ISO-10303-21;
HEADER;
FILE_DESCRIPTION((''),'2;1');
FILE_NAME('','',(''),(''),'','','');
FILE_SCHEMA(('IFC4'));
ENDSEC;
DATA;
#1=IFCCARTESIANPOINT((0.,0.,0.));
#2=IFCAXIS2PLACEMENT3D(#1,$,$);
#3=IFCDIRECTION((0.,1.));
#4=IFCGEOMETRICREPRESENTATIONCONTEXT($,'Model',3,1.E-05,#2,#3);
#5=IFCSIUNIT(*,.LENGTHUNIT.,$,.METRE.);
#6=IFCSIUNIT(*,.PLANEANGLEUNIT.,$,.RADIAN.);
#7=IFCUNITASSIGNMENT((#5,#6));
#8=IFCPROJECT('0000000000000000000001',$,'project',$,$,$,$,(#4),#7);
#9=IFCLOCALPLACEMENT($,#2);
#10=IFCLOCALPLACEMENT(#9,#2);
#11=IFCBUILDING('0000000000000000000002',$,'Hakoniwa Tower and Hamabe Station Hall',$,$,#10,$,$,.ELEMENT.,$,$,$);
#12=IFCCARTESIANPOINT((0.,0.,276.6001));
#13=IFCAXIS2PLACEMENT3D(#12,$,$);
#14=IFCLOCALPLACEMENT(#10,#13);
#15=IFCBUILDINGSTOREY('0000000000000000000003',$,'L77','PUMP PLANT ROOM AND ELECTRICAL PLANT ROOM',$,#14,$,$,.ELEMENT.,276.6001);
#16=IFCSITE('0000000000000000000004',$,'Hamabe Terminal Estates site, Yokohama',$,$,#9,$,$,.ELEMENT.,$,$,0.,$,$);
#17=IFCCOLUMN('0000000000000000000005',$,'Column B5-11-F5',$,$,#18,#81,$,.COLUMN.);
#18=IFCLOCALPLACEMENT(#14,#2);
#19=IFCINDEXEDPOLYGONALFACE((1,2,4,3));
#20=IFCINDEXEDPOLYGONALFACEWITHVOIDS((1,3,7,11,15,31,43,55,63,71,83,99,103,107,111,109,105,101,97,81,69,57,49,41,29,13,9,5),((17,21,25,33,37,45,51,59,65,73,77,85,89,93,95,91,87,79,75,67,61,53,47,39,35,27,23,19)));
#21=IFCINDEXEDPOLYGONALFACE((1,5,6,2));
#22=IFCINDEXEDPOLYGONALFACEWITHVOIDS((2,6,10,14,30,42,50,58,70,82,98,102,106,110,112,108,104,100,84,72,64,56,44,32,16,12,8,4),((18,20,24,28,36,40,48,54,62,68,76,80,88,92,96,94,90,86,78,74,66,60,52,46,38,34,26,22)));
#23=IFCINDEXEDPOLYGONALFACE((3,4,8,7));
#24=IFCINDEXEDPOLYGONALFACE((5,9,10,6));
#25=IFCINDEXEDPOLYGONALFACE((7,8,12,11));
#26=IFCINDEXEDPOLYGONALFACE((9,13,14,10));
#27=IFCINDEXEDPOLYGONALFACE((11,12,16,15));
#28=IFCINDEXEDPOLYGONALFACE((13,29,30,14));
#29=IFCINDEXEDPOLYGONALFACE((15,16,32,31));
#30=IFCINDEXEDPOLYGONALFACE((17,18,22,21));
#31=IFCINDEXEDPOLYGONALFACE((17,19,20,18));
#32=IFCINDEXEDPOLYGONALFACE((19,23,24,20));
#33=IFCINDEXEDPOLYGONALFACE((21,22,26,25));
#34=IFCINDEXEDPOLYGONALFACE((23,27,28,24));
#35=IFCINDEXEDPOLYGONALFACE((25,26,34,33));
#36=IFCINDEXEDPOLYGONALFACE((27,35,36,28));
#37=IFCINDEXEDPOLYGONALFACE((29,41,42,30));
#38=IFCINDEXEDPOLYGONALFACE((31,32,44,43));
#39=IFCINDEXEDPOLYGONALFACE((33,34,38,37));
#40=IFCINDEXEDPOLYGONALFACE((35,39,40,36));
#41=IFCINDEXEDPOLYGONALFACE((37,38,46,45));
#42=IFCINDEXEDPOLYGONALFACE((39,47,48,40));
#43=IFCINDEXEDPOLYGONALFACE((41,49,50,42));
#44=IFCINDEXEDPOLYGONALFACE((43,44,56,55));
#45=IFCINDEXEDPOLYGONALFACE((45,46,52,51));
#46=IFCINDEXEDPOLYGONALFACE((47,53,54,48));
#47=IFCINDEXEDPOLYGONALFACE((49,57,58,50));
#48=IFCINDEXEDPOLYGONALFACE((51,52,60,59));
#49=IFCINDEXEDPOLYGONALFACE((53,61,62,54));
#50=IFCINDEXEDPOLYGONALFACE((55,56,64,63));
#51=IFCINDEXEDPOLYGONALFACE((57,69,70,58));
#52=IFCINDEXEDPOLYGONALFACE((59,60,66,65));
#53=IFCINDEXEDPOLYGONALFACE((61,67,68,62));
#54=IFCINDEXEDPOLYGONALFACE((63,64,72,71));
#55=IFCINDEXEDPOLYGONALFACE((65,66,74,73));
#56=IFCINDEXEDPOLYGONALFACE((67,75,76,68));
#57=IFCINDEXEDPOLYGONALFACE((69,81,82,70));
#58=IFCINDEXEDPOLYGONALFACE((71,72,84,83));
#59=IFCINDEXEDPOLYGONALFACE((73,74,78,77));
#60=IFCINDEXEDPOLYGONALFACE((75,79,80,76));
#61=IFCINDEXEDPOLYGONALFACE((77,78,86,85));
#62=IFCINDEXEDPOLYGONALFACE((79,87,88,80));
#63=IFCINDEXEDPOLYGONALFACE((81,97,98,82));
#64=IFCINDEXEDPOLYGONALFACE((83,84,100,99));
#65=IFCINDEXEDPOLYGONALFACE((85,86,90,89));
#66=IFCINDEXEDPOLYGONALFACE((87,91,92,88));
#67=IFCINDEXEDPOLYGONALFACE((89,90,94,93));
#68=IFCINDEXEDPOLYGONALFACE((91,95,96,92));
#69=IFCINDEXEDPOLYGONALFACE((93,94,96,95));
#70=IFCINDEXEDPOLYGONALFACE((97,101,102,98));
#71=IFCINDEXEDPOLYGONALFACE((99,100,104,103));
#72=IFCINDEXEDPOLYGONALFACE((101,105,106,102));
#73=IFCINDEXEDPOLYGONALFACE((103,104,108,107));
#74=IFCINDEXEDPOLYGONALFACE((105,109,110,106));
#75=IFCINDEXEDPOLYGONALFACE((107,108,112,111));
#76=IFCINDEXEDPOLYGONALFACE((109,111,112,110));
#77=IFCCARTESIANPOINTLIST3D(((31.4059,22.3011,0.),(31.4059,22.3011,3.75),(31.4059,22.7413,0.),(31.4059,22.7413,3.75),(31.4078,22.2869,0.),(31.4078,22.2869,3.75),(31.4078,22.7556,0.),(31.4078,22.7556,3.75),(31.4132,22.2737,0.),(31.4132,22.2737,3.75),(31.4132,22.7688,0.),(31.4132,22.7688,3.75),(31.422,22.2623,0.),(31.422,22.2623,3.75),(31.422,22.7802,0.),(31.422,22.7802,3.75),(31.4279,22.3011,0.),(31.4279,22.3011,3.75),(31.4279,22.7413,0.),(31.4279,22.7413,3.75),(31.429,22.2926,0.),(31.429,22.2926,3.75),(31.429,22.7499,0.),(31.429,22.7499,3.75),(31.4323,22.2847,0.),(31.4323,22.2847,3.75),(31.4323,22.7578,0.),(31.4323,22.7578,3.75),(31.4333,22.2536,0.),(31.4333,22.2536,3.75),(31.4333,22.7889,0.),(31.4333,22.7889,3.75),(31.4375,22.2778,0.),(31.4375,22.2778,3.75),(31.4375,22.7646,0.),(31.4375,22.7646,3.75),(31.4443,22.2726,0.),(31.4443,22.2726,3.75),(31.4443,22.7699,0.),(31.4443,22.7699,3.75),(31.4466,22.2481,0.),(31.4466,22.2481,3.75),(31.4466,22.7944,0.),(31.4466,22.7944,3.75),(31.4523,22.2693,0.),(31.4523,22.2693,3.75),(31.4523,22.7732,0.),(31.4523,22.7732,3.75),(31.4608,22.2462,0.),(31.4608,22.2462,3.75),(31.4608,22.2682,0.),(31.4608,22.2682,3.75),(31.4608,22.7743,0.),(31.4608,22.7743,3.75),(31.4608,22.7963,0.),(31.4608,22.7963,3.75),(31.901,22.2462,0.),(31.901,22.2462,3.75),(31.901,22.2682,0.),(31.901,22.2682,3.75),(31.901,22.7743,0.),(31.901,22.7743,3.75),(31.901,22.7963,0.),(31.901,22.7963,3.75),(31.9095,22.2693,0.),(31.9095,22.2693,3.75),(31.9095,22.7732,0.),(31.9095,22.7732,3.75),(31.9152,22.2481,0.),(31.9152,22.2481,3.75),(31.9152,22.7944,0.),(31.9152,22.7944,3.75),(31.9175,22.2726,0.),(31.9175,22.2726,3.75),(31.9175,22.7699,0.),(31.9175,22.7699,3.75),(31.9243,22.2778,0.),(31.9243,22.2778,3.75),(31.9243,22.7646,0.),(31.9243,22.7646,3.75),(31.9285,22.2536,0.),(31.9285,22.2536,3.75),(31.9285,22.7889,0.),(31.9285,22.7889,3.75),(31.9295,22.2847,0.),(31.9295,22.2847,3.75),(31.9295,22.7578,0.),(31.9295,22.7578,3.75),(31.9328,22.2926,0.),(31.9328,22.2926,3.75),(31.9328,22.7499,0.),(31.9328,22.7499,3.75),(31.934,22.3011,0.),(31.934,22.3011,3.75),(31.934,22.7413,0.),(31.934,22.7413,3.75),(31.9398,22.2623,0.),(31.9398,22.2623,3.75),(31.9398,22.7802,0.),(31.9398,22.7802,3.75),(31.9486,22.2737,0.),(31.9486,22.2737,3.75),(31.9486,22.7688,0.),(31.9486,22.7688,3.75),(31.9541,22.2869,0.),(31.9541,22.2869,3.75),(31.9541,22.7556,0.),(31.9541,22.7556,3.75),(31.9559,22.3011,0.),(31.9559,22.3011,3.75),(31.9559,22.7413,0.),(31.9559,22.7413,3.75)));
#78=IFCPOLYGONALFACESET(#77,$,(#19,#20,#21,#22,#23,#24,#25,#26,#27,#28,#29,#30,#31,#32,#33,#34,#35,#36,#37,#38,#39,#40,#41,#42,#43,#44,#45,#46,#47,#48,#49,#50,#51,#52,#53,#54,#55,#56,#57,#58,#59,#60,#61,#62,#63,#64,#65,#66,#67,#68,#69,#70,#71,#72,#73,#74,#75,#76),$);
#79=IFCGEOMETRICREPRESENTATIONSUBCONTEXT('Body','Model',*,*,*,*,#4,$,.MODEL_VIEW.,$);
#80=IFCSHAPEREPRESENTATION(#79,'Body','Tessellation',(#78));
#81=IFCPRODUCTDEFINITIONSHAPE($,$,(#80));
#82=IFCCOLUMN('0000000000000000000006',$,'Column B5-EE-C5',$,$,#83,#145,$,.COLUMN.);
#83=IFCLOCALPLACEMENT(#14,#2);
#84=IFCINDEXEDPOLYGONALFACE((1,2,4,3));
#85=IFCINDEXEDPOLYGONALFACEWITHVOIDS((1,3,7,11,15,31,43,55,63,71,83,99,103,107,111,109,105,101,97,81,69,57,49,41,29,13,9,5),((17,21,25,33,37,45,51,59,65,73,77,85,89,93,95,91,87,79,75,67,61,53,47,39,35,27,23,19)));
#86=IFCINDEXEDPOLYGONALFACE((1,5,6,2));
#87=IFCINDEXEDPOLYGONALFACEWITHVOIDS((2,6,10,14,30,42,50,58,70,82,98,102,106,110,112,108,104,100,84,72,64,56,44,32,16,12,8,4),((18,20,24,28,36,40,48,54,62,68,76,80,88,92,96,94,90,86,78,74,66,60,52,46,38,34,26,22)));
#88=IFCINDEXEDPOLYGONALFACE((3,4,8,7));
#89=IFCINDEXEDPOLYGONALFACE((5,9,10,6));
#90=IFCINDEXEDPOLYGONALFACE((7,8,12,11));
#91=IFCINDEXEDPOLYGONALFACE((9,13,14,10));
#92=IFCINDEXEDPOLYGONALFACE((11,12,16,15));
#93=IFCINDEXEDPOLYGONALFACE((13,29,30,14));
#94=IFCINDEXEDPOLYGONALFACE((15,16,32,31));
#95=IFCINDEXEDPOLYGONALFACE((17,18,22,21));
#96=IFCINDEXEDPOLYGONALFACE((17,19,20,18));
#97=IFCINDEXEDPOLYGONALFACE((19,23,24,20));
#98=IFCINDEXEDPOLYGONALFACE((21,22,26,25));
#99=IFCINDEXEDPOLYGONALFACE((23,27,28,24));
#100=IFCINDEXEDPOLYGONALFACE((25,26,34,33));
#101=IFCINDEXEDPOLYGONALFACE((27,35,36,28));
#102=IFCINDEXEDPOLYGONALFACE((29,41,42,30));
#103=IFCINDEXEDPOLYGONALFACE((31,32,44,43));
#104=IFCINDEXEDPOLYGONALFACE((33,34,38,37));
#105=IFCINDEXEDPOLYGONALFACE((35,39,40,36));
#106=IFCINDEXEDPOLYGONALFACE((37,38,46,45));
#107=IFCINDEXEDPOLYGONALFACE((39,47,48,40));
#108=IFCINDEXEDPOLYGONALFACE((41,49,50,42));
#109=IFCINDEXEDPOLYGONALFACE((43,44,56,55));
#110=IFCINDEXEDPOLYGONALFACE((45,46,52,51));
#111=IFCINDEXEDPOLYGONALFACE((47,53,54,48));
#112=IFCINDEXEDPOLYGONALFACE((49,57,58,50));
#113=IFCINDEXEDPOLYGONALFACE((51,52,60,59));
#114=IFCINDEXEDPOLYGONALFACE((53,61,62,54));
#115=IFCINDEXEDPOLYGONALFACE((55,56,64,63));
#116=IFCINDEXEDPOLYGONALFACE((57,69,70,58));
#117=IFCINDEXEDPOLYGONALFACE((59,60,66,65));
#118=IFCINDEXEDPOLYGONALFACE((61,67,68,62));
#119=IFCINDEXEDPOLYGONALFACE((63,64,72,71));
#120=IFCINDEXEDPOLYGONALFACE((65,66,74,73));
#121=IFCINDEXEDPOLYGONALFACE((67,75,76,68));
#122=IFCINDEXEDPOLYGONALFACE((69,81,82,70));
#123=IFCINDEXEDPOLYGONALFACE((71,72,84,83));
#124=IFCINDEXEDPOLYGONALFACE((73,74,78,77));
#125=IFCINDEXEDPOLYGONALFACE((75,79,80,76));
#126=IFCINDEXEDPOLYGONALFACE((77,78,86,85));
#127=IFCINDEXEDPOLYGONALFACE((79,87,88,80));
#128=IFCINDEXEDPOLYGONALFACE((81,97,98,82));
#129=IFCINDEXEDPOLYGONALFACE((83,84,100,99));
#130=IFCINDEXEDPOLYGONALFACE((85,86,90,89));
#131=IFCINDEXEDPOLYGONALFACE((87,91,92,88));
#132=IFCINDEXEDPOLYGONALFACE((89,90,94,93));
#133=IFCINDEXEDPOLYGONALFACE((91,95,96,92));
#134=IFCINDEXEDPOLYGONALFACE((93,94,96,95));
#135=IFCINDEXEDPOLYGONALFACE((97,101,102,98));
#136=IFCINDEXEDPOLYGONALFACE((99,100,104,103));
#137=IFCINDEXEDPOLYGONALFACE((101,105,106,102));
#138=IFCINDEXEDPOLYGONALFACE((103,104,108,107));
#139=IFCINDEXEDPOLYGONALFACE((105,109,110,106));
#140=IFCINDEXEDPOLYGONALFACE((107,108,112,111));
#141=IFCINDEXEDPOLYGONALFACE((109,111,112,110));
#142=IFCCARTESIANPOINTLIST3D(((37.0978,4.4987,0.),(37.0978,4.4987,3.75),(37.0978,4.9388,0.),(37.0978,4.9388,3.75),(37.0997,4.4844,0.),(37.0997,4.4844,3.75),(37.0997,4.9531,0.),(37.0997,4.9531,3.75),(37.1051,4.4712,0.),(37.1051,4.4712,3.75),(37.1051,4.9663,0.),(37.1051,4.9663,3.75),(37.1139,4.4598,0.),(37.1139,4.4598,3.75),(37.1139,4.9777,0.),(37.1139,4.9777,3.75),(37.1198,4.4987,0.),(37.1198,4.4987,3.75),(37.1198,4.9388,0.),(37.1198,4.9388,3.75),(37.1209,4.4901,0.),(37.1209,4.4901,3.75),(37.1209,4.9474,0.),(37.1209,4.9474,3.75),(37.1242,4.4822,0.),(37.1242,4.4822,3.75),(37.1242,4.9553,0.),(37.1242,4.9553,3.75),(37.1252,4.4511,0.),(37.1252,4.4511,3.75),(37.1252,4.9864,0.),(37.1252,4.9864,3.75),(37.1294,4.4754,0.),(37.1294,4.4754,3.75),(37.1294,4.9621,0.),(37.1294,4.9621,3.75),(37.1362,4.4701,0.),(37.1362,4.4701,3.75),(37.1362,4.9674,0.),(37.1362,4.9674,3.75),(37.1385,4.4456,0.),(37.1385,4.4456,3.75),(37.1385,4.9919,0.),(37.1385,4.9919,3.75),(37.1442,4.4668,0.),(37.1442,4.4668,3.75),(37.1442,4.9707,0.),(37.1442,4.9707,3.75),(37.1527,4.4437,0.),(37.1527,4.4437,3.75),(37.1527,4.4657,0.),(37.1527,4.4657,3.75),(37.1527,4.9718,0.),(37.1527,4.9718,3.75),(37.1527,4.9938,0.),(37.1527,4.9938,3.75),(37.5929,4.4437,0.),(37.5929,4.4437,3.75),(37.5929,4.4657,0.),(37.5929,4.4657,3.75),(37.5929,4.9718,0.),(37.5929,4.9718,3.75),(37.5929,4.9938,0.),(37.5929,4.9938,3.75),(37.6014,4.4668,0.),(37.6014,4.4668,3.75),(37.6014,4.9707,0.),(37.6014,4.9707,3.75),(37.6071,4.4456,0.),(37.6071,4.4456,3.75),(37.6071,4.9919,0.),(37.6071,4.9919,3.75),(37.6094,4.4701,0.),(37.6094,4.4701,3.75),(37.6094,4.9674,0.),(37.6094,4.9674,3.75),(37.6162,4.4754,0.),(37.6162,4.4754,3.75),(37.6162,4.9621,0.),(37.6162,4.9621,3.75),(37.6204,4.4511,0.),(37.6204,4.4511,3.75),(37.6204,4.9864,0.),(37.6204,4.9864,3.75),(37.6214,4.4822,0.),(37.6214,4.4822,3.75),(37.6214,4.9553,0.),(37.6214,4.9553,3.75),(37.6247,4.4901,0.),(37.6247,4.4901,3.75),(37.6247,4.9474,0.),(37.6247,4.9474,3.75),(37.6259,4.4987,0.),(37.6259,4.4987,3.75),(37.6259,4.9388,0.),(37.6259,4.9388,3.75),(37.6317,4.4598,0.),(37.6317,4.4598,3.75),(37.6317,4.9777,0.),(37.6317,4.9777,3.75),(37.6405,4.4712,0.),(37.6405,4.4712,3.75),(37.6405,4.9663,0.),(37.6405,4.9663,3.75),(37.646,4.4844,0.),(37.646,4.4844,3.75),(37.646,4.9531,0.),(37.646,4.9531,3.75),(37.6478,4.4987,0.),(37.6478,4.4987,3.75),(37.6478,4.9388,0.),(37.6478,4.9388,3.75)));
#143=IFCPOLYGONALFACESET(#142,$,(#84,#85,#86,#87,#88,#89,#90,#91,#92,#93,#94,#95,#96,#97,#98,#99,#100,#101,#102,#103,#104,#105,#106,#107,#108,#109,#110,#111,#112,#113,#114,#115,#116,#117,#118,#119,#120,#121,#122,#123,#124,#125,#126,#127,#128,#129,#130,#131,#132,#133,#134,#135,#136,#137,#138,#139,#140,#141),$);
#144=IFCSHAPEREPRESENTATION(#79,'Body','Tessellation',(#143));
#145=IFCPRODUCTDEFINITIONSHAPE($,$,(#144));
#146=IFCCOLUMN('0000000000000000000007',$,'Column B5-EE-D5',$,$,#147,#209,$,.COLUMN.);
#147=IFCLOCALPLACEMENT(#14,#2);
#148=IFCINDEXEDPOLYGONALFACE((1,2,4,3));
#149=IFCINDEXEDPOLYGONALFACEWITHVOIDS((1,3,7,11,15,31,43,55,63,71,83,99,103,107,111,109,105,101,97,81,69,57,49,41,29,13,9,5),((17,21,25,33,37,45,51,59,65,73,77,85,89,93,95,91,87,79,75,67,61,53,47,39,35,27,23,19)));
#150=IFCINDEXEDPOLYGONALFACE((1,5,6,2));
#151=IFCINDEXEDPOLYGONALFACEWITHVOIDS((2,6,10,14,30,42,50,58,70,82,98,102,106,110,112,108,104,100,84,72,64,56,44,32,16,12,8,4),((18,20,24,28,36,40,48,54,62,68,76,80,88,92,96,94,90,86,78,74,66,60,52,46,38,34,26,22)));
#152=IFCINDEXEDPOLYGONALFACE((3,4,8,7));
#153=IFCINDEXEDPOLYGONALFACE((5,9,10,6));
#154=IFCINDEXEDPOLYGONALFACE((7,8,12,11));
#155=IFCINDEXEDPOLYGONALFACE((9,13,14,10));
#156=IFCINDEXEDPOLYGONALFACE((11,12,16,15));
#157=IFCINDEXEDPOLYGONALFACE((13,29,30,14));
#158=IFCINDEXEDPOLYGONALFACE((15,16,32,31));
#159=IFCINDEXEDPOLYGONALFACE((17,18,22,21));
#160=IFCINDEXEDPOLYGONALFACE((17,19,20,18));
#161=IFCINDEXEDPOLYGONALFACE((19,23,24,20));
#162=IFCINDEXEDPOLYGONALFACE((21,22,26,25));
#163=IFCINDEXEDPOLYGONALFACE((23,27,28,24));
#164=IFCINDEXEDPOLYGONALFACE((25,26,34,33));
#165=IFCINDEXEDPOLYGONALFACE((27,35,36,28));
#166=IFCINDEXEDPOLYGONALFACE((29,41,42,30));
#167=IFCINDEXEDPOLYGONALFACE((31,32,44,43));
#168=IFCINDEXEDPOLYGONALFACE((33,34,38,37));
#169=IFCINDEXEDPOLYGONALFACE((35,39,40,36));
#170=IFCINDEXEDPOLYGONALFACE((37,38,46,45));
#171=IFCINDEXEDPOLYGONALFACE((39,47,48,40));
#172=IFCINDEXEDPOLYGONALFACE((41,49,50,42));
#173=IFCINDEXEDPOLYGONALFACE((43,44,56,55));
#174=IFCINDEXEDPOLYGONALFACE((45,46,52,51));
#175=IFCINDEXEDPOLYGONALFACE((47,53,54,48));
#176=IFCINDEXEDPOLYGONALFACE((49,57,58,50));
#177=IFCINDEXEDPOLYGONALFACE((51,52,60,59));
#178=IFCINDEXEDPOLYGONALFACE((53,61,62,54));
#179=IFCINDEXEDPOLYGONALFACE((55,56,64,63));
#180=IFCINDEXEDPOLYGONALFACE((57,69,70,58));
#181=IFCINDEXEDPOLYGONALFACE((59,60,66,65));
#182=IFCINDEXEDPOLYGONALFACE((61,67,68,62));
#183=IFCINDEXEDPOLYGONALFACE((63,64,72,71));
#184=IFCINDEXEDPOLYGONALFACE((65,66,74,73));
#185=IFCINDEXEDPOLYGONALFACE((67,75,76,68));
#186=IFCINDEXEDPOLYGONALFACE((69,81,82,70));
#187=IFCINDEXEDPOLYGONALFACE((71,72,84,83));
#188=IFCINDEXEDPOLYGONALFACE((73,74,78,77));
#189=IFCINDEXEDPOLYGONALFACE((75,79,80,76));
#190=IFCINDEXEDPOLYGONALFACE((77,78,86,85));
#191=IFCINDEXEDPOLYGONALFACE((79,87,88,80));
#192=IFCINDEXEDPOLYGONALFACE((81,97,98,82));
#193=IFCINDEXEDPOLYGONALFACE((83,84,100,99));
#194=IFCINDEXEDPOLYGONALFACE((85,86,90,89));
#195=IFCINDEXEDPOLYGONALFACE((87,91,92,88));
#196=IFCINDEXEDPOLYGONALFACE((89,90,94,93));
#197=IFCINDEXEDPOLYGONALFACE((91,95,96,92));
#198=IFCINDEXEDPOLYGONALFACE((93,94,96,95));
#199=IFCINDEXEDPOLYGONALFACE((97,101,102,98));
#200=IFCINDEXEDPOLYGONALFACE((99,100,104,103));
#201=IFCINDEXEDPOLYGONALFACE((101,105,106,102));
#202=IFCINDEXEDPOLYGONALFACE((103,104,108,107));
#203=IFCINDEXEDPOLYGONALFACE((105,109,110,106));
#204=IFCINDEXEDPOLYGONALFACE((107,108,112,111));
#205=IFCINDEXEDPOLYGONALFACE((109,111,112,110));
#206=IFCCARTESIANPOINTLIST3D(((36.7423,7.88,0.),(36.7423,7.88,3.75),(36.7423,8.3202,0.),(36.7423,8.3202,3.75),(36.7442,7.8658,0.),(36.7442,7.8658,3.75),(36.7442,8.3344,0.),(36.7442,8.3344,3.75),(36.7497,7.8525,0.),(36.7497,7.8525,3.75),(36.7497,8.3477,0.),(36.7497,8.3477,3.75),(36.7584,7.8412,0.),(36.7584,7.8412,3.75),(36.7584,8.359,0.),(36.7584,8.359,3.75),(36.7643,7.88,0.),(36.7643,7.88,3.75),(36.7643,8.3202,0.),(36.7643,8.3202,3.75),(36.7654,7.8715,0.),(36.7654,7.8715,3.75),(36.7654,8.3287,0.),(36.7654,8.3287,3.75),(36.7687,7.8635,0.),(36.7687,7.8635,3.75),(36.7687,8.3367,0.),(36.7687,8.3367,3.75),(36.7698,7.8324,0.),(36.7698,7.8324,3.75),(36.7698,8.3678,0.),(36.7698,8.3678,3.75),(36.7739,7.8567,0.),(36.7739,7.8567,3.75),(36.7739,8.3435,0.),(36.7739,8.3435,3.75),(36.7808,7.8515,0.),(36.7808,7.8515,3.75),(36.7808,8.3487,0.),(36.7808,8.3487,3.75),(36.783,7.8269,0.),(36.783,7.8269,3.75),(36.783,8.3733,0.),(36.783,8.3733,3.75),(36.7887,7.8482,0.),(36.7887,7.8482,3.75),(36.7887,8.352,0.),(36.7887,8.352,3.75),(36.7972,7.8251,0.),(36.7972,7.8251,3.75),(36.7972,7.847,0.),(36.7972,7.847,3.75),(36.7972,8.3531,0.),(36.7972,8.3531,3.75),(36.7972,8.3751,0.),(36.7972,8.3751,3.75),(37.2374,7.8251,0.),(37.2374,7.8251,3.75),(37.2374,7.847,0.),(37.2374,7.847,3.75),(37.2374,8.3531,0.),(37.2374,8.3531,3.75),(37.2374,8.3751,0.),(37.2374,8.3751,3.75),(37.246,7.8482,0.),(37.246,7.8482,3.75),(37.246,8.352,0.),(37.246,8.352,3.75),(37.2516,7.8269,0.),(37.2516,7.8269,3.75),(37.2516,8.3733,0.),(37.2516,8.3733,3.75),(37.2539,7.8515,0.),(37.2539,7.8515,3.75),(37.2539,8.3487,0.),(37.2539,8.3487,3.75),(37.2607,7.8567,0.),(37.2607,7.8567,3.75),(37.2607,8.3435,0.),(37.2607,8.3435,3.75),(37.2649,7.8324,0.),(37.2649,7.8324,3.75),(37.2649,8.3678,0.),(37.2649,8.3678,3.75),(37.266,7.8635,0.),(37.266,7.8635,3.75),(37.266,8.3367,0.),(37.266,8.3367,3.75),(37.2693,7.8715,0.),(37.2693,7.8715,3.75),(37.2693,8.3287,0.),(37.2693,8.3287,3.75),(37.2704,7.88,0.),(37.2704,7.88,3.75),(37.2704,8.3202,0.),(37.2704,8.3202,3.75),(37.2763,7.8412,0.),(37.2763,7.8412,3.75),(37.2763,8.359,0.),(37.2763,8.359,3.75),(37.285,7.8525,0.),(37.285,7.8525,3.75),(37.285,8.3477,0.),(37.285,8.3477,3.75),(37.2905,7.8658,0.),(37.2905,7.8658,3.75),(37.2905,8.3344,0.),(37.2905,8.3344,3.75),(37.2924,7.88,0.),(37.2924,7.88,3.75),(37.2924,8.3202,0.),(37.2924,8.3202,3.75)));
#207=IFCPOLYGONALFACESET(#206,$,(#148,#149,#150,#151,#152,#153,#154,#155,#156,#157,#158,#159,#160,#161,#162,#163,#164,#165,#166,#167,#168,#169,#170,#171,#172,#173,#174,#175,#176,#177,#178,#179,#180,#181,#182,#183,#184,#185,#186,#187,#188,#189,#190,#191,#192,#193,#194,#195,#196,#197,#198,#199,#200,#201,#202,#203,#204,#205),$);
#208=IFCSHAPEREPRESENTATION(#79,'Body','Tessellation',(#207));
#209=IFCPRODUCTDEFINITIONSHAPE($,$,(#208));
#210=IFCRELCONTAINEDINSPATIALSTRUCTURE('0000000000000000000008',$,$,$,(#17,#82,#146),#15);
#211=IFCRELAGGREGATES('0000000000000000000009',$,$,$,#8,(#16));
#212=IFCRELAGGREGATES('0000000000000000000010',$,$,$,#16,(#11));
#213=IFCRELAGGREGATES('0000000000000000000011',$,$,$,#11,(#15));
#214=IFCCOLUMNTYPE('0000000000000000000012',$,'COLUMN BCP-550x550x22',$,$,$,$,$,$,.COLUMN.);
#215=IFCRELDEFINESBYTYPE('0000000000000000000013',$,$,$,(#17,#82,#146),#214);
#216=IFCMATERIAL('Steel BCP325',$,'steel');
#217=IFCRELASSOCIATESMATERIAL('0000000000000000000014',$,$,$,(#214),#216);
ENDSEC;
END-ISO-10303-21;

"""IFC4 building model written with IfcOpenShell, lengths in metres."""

from ifc_helpers import new_model, si_unit, direction, frame, origin, origin_2d, place, context, subcontext, project, spatial, hollow_rectangle, extrude, material, material_profile, profile_set, type_object, element, save


model = new_model("IFC4")

# Units and contexts
model_context = context("Model", 3, precision=1e-05, world=origin(), true_north=direction((0.0, 1.0)))
body_context = subcontext(model_context, "Body", "Model", "MODEL_VIEW")
ifc_project = project(units=[si_unit("LENGTHUNIT", "METRE"), si_unit("PLANEANGLEUNIT", "RADIAN")], contexts=[model_context])

# Site, building, storey
site_placement = place(None, origin())
site = spatial("IfcSite", under=ifc_project, at=site_placement, Name="Hamabe Terminal Estates site, Yokohama", CompositionType="ELEMENT", RefElevation=0.0)
building_placement = place(site_placement, origin())
building = spatial("IfcBuilding", under=site, at=building_placement, Name="Hakoniwa Tower and Hamabe Station Hall", CompositionType="ELEMENT")
storey_placement = place(building_placement, frame((0.0, 0.0, 276.6001)))
storey = spatial("IfcBuildingStorey", under=building, at=storey_placement, Name="L77", Description="PUMP PLANT ROOM AND ELECTRICAL PLANT ROOM", CompositionType="ELEMENT", Elevation=276.6001)

# Columns
ifc_material_1 = material(Name="Steel BCP325", Category="steel")
ifc_material_profile_1 = material_profile(ifc_material_1, hollow_rectangle(XDim=0.55, YDim=0.55, WallThickness=0.022, InnerFilletRadius=0.033, OuterFilletRadius=0.0549, at=origin_2d()), Name="BCP-550x550x22")
ifc_profile_set_1 = profile_set([ifc_material_profile_1], Name="Steel BCP325")
column_type = type_object("IfcColumnType", Name="COLUMN BCP-550x550x22", PredefinedType="COLUMN", material=ifc_profile_set_1)
for number, where, z_axis, x_axis, name in (
    (1, (31.6809, 22.5212, 0.0), (0.0, 0.0, 1.0), (1.0, 0.0, 0.0), "Column B5-11-F5"),
    (2, (37.3728, 4.7188, 0.0), (0.0, 0.0, 1.0), (1.0, 0.0, 0.0), "Column B5-EE-C5"),
    (3, (37.0173, 8.1001, 0.0), (0.0, 0.0, 1.0), (1.0, 0.0, 0.0), "Column B5-EE-D5"),
):
    element("IfcColumn", number, at=place(storey_placement, frame(where, z_axis=z_axis, x_axis=x_axis)), inside=storey, type_object=column_type, Name=name, PredefinedType="COLUMN", context=body_context, shape_type="SweptSolid", body=[
        extrude(hollow_rectangle(XDim=0.55, YDim=0.55, WallThickness=0.022, InnerFilletRadius=0.033, OuterFilletRadius=0.0549, at=origin_2d()), origin(), (0.0, 0.0, 1.0), 3.75),
    ])

save(model, "model.ifc")
